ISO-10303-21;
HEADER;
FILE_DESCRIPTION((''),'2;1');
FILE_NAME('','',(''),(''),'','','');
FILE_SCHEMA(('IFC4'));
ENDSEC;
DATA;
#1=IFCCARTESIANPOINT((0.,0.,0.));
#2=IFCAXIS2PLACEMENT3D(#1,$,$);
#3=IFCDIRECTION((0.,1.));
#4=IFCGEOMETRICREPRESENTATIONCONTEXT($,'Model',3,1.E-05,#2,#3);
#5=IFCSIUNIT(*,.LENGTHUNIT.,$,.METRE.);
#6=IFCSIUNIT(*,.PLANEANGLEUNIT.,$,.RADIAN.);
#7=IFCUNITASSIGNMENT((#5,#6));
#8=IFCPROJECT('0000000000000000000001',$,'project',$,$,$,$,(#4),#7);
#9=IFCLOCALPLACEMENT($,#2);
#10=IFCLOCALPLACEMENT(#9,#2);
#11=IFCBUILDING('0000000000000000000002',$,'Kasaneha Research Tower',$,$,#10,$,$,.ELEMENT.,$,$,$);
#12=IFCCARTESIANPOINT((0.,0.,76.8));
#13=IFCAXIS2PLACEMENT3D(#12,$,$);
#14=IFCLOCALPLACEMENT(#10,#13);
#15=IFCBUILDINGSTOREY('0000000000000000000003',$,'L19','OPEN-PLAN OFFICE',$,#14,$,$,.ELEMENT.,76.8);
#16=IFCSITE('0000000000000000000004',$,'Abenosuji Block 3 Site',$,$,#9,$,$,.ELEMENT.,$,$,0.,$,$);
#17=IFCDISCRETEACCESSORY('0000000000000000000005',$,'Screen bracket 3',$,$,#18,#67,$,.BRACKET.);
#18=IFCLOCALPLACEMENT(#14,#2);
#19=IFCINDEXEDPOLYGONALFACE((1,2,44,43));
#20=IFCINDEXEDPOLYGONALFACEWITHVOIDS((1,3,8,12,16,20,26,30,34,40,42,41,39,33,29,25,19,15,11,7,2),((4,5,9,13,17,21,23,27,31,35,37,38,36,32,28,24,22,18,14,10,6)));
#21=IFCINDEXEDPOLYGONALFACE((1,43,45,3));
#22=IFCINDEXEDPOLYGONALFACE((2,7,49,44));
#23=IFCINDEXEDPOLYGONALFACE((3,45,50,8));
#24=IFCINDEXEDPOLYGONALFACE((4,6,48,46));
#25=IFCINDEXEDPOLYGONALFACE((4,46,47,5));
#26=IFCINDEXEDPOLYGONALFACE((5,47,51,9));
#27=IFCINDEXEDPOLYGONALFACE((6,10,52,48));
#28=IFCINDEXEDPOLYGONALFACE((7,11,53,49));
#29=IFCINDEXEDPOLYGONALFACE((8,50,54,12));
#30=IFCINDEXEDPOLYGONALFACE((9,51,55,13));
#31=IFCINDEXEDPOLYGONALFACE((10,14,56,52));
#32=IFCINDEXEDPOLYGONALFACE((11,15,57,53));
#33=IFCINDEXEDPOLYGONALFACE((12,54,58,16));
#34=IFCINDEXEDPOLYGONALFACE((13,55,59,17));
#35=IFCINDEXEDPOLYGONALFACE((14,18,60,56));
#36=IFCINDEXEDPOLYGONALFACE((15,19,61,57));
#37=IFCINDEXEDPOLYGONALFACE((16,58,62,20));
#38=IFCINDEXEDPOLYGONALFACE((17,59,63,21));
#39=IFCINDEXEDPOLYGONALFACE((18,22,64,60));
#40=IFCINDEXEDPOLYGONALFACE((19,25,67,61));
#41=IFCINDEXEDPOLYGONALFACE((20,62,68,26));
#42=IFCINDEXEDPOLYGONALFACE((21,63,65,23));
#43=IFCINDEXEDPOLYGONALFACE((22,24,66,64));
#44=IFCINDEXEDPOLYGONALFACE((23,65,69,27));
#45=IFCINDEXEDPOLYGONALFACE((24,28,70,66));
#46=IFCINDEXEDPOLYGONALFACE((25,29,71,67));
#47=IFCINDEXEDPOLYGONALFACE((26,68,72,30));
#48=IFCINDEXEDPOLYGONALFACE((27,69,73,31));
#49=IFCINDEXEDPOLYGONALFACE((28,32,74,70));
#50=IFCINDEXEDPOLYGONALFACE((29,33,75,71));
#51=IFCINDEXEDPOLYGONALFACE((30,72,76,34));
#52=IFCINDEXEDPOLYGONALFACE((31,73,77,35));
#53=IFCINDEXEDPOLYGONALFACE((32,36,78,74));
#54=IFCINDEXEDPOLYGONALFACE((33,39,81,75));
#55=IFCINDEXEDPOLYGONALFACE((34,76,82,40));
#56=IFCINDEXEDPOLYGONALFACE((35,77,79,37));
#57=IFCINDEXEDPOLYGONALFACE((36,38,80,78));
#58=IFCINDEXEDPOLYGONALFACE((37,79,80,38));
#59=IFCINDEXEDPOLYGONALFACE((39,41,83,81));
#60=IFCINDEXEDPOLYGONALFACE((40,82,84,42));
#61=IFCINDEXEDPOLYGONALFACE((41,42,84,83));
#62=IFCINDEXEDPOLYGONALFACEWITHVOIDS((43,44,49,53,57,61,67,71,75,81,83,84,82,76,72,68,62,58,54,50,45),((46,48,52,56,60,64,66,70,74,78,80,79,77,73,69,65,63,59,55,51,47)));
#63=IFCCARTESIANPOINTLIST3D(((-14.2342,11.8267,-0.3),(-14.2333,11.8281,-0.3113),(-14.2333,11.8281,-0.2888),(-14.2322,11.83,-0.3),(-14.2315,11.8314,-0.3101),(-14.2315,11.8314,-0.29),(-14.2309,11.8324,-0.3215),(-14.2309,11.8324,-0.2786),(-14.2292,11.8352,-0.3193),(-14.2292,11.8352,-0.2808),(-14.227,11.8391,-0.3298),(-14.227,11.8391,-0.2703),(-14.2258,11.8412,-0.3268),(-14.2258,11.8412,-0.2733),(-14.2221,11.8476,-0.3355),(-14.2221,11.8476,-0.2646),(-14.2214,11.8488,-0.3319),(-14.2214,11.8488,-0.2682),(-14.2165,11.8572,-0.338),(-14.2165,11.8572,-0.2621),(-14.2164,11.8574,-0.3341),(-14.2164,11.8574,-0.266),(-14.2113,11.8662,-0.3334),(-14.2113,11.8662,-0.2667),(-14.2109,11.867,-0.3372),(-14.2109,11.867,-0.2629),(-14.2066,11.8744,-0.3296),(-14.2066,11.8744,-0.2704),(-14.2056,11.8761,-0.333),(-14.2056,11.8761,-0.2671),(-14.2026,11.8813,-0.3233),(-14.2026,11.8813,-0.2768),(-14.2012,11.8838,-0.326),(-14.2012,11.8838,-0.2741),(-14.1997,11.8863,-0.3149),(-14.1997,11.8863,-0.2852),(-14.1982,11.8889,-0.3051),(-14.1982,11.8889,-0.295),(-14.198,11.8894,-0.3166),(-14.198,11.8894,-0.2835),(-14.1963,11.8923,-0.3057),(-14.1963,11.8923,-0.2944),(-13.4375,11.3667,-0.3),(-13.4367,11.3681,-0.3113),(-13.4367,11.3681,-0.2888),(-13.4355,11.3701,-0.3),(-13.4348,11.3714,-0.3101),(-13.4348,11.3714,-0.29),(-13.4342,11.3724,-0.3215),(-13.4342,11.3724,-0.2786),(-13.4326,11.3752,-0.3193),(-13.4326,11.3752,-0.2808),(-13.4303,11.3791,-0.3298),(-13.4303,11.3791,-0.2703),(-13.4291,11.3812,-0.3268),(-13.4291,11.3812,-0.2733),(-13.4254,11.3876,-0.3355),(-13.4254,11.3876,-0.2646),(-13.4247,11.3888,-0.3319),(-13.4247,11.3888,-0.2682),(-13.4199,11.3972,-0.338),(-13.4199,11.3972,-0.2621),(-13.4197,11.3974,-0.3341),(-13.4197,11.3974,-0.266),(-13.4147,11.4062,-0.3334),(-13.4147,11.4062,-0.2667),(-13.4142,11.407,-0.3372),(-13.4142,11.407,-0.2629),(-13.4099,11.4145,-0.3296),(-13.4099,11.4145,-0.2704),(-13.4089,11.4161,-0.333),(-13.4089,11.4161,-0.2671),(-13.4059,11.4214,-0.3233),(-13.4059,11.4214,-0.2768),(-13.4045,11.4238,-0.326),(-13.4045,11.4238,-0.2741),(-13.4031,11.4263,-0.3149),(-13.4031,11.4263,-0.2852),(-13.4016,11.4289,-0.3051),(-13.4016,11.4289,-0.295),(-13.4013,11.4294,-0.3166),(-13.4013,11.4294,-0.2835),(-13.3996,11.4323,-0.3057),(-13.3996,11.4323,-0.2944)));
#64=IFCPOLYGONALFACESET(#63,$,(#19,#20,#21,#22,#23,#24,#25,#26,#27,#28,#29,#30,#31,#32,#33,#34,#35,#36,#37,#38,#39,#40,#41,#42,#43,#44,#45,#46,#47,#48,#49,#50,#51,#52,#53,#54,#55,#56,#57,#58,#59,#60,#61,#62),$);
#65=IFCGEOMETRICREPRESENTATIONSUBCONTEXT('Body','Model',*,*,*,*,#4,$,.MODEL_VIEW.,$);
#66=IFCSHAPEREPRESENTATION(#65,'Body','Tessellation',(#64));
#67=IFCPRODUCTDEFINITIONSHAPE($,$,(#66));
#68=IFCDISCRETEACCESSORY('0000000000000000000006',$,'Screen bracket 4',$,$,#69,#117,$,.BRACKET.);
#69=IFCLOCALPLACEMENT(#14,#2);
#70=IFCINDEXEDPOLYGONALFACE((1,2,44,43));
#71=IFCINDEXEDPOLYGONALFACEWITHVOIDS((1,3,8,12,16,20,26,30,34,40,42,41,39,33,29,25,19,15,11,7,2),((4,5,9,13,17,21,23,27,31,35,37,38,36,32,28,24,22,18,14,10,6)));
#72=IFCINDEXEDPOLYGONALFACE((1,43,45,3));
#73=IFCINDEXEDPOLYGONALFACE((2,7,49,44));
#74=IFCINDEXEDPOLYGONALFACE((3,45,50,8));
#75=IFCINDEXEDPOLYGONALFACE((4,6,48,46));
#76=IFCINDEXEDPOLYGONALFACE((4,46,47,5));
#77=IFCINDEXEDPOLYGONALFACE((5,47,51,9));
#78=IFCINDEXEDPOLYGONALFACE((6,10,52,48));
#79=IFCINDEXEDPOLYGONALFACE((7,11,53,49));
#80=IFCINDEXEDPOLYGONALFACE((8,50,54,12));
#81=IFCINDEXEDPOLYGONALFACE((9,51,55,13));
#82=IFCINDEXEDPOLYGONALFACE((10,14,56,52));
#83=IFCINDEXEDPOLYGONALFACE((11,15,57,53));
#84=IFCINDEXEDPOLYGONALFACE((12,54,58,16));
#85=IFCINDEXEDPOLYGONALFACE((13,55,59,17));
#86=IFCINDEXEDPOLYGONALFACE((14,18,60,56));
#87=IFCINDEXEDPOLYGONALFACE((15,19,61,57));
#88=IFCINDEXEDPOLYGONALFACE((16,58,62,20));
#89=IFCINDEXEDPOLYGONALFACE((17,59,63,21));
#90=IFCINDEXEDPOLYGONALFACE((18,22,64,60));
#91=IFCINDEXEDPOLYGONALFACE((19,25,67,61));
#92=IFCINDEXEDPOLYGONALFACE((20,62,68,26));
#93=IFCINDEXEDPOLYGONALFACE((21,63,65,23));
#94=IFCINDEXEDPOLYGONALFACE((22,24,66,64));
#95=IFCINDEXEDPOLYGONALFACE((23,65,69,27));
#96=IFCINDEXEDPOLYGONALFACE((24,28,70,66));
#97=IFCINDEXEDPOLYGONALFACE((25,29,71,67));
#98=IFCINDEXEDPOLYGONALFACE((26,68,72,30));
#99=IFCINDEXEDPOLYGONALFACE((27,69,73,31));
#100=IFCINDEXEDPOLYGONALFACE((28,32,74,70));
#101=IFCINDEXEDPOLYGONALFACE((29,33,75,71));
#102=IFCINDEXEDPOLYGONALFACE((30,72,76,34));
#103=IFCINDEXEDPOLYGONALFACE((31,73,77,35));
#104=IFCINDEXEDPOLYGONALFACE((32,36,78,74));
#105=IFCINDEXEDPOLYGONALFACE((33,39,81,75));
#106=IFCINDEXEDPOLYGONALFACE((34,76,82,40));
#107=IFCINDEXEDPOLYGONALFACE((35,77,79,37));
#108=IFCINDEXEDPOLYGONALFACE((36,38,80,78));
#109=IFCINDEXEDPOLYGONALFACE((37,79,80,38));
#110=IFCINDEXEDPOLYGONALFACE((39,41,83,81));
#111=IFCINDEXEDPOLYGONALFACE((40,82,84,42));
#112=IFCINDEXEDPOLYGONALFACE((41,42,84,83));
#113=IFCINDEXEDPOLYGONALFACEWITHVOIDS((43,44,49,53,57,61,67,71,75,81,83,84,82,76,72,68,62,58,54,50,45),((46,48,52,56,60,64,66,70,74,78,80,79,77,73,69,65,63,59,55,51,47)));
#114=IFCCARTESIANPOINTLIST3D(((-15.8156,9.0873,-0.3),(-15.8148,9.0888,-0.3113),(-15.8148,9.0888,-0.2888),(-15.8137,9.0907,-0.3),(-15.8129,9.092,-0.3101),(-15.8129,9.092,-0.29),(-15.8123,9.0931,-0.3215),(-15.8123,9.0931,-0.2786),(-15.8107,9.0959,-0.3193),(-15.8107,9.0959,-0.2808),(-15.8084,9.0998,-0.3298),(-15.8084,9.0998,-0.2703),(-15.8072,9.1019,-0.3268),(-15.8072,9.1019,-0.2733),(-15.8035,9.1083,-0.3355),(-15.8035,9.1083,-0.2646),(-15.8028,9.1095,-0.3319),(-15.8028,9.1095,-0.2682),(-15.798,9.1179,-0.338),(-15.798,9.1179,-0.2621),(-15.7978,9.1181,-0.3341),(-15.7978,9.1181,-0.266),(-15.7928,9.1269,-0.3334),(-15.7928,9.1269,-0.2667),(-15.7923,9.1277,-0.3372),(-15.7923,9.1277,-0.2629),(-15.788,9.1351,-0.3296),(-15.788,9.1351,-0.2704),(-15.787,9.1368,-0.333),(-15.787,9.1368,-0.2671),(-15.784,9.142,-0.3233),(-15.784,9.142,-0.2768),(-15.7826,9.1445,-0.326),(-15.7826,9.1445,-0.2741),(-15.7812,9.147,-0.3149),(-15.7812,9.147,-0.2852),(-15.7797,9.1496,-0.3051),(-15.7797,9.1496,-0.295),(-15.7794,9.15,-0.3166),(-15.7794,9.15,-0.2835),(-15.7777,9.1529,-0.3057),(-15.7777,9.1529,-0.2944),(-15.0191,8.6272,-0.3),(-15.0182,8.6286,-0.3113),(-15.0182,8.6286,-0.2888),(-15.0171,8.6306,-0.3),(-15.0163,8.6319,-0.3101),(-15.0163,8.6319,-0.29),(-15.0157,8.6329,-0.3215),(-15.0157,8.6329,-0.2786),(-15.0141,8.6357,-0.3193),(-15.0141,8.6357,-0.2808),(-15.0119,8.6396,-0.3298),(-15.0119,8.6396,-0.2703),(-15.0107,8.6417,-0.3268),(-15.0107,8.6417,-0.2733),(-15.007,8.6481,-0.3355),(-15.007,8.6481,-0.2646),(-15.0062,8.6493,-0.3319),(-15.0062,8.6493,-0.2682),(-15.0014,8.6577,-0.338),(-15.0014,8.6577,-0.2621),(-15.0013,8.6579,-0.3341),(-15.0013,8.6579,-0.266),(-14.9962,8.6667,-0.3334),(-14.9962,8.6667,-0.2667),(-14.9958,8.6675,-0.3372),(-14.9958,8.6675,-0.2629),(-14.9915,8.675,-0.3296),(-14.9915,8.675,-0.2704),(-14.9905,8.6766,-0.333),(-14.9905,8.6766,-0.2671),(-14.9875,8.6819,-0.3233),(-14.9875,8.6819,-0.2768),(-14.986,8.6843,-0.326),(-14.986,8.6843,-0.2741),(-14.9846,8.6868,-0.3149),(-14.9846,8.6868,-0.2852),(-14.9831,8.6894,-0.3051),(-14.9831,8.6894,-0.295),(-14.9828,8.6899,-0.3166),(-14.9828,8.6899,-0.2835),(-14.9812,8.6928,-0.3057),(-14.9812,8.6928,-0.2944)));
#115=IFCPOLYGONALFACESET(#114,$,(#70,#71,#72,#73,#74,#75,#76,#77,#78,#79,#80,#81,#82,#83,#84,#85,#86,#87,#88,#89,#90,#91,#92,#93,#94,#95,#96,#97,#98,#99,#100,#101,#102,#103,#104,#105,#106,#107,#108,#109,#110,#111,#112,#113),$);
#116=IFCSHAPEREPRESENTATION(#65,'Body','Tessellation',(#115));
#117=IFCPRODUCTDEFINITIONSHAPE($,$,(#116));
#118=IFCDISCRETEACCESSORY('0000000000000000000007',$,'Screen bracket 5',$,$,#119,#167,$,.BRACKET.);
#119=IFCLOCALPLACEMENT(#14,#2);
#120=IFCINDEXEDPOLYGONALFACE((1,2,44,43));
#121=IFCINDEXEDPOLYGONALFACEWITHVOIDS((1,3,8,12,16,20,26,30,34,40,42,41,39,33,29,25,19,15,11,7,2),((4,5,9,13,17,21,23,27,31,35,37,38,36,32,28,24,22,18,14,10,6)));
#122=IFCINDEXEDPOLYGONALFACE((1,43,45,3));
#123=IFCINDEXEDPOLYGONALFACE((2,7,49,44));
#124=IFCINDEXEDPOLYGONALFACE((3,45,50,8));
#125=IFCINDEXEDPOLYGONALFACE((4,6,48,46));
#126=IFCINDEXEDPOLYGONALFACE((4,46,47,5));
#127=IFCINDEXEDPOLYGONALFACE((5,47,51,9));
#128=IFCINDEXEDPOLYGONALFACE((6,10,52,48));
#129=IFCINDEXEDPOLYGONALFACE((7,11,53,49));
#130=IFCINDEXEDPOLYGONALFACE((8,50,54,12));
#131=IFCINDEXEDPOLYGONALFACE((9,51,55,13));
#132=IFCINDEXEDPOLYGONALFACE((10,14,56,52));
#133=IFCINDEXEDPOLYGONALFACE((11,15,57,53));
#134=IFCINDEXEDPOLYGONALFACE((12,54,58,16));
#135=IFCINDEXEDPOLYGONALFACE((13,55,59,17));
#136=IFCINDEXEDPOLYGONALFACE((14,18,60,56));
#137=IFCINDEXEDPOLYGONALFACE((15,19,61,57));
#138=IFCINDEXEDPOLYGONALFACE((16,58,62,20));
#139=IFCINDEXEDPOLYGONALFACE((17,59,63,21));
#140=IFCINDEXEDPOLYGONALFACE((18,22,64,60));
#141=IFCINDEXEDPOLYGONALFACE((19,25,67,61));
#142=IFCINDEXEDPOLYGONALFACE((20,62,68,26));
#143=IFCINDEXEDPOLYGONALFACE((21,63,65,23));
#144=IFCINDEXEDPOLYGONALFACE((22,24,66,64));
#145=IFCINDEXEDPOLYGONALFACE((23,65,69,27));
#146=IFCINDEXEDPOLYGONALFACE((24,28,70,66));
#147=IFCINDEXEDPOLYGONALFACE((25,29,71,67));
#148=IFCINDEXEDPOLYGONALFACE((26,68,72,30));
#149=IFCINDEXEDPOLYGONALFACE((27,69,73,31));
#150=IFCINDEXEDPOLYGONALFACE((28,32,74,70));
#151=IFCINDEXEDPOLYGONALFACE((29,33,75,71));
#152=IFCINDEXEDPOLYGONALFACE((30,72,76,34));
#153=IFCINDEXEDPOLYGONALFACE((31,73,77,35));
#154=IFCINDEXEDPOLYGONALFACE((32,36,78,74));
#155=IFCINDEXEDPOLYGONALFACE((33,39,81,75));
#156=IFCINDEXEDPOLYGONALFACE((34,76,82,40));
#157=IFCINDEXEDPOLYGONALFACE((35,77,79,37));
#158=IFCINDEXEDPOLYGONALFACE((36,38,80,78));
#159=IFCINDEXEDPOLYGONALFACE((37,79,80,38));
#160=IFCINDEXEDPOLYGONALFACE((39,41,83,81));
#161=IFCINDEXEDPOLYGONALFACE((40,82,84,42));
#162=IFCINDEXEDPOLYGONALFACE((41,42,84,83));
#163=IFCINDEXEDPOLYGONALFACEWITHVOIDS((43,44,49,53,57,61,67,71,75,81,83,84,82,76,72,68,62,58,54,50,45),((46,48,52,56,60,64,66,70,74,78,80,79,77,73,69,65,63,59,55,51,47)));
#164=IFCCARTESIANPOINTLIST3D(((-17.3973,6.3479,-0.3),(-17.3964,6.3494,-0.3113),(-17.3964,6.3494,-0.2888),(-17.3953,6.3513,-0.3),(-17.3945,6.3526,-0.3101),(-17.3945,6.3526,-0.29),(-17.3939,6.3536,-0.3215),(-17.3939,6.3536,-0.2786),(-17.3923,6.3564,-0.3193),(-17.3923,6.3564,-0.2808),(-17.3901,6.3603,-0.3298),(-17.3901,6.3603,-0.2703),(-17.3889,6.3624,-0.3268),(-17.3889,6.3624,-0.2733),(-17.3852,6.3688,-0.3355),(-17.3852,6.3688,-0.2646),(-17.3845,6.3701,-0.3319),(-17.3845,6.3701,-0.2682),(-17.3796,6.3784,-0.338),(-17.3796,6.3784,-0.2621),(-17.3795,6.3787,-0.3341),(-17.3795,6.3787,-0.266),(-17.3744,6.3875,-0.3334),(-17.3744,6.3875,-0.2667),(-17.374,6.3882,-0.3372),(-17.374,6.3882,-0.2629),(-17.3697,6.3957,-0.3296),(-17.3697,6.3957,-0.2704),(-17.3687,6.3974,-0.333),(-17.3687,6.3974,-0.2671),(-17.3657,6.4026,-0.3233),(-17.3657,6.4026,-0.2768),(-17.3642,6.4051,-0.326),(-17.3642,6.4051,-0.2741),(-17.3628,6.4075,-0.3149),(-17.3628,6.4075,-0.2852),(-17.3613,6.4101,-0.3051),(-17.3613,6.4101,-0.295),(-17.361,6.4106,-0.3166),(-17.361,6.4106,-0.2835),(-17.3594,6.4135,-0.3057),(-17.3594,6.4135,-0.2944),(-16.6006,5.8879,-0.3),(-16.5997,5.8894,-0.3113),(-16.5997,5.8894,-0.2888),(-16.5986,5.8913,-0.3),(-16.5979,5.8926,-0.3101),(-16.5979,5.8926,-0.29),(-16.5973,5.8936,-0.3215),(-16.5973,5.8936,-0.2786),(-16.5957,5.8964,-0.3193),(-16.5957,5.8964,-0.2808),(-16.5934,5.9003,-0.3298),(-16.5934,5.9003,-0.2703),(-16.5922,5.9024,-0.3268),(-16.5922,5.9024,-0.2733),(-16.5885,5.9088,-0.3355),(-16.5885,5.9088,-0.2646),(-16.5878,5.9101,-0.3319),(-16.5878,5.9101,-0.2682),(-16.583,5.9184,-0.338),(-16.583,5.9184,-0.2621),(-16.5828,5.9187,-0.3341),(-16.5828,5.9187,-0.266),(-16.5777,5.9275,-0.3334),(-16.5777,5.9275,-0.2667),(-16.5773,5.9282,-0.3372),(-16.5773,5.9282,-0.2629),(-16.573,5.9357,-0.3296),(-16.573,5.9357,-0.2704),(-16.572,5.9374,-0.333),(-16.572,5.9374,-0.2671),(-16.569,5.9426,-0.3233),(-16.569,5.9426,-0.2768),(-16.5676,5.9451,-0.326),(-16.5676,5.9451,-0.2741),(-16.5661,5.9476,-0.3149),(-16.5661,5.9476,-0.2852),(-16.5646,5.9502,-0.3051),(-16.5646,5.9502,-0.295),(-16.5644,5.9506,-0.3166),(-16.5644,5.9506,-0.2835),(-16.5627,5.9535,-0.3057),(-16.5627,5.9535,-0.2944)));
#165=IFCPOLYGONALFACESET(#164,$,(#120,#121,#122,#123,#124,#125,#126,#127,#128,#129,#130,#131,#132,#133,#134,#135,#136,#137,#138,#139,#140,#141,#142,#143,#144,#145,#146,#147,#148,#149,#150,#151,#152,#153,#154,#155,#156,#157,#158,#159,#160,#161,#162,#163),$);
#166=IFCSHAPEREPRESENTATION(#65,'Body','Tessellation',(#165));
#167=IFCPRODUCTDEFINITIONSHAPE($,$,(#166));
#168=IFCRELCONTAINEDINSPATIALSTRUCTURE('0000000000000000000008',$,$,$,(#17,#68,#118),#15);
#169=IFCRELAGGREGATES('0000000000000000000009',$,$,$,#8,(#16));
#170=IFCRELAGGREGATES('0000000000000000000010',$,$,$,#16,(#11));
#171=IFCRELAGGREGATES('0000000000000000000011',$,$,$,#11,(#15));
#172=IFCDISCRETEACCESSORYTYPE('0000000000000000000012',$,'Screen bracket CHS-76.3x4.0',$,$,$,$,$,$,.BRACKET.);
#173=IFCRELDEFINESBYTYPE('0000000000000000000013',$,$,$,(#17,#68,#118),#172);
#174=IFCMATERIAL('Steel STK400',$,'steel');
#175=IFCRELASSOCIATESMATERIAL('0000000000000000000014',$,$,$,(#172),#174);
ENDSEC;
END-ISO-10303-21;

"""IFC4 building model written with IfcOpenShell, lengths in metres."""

from ifc_helpers import new_model, si_unit, direction, frame, origin, origin_2d, place, context, subcontext, project, spatial, hollow_circle, extrude, material, material_profile, profile_set, type_object, element, save


model = new_model("IFC4")

# Units and contexts
model_context = context("Model", 3, precision=1e-05, world=origin(), true_north=direction((0.0, 1.0)))
body_context = subcontext(model_context, "Body", "Model", "MODEL_VIEW")
ifc_project = project(units=[si_unit("LENGTHUNIT", "METRE"), si_unit("PLANEANGLEUNIT", "RADIAN")], contexts=[model_context])

# Site, building, storey
site_placement = place(None, origin())
site = spatial("IfcSite", under=ifc_project, at=site_placement, Name="Abenosuji Block 3 Site", CompositionType="ELEMENT", RefElevation=0.0)
building_placement = place(site_placement, origin())
building = spatial("IfcBuilding", under=site, at=building_placement, Name="Kasaneha Research Tower", CompositionType="ELEMENT")
storey_placement = place(building_placement, frame((0.0, 0.0, 76.8)))
storey = spatial("IfcBuildingStorey", under=building, at=storey_placement, Name="L19", Description="OPEN-PLAN OFFICE", CompositionType="ELEMENT", Elevation=76.8)

# Discrete accessories
ifc_material_1 = material(Name="Steel STK400", Category="steel")
ifc_material_profile_1 = material_profile(ifc_material_1, hollow_circle(Radius=0.0381, WallThickness=0.0039, at=origin_2d()), Name="CHS-76.3x4.0")
ifc_profile_set_1 = profile_set([ifc_material_profile_1], Name="Steel STK400")
discrete_accessory_type = type_object("IfcDiscreteAccessoryType", Name="Screen bracket CHS-76.3x4.0", PredefinedType="BRACKET", material=ifc_profile_set_1)
for number, where, z_axis, x_axis, name in (
    (1, (-13.4185, 11.3997, -0.3), (-0.866013, 0.500021, 0.0), (-0.500021, -0.866013, 0.0), "Screen bracket 3"),
    (2, (-15.0, 8.6602, -0.3), (-0.865898, 0.50022, 0.0), (-0.50022, -0.865898, 0.0), "Screen bracket 4"),
    (3, (-16.5815, 5.9209, -0.3), (-0.866013, 0.500021, 0.0), (-0.500021, -0.866013, 0.0), "Screen bracket 5"),
):
    element("IfcDiscreteAccessory", number, at=place(storey_placement, frame(where, z_axis=z_axis, x_axis=x_axis)), inside=storey, type_object=discrete_accessory_type, Name=name, PredefinedType="BRACKET", context=body_context, shape_type="SweptSolid", body=[
        extrude(hollow_circle(Radius=0.0381, WallThickness=0.0039, at=origin_2d()), origin(), (0.0, 0.0, 1.0), 0.9199),
    ])

save(model, "model.ifc")
